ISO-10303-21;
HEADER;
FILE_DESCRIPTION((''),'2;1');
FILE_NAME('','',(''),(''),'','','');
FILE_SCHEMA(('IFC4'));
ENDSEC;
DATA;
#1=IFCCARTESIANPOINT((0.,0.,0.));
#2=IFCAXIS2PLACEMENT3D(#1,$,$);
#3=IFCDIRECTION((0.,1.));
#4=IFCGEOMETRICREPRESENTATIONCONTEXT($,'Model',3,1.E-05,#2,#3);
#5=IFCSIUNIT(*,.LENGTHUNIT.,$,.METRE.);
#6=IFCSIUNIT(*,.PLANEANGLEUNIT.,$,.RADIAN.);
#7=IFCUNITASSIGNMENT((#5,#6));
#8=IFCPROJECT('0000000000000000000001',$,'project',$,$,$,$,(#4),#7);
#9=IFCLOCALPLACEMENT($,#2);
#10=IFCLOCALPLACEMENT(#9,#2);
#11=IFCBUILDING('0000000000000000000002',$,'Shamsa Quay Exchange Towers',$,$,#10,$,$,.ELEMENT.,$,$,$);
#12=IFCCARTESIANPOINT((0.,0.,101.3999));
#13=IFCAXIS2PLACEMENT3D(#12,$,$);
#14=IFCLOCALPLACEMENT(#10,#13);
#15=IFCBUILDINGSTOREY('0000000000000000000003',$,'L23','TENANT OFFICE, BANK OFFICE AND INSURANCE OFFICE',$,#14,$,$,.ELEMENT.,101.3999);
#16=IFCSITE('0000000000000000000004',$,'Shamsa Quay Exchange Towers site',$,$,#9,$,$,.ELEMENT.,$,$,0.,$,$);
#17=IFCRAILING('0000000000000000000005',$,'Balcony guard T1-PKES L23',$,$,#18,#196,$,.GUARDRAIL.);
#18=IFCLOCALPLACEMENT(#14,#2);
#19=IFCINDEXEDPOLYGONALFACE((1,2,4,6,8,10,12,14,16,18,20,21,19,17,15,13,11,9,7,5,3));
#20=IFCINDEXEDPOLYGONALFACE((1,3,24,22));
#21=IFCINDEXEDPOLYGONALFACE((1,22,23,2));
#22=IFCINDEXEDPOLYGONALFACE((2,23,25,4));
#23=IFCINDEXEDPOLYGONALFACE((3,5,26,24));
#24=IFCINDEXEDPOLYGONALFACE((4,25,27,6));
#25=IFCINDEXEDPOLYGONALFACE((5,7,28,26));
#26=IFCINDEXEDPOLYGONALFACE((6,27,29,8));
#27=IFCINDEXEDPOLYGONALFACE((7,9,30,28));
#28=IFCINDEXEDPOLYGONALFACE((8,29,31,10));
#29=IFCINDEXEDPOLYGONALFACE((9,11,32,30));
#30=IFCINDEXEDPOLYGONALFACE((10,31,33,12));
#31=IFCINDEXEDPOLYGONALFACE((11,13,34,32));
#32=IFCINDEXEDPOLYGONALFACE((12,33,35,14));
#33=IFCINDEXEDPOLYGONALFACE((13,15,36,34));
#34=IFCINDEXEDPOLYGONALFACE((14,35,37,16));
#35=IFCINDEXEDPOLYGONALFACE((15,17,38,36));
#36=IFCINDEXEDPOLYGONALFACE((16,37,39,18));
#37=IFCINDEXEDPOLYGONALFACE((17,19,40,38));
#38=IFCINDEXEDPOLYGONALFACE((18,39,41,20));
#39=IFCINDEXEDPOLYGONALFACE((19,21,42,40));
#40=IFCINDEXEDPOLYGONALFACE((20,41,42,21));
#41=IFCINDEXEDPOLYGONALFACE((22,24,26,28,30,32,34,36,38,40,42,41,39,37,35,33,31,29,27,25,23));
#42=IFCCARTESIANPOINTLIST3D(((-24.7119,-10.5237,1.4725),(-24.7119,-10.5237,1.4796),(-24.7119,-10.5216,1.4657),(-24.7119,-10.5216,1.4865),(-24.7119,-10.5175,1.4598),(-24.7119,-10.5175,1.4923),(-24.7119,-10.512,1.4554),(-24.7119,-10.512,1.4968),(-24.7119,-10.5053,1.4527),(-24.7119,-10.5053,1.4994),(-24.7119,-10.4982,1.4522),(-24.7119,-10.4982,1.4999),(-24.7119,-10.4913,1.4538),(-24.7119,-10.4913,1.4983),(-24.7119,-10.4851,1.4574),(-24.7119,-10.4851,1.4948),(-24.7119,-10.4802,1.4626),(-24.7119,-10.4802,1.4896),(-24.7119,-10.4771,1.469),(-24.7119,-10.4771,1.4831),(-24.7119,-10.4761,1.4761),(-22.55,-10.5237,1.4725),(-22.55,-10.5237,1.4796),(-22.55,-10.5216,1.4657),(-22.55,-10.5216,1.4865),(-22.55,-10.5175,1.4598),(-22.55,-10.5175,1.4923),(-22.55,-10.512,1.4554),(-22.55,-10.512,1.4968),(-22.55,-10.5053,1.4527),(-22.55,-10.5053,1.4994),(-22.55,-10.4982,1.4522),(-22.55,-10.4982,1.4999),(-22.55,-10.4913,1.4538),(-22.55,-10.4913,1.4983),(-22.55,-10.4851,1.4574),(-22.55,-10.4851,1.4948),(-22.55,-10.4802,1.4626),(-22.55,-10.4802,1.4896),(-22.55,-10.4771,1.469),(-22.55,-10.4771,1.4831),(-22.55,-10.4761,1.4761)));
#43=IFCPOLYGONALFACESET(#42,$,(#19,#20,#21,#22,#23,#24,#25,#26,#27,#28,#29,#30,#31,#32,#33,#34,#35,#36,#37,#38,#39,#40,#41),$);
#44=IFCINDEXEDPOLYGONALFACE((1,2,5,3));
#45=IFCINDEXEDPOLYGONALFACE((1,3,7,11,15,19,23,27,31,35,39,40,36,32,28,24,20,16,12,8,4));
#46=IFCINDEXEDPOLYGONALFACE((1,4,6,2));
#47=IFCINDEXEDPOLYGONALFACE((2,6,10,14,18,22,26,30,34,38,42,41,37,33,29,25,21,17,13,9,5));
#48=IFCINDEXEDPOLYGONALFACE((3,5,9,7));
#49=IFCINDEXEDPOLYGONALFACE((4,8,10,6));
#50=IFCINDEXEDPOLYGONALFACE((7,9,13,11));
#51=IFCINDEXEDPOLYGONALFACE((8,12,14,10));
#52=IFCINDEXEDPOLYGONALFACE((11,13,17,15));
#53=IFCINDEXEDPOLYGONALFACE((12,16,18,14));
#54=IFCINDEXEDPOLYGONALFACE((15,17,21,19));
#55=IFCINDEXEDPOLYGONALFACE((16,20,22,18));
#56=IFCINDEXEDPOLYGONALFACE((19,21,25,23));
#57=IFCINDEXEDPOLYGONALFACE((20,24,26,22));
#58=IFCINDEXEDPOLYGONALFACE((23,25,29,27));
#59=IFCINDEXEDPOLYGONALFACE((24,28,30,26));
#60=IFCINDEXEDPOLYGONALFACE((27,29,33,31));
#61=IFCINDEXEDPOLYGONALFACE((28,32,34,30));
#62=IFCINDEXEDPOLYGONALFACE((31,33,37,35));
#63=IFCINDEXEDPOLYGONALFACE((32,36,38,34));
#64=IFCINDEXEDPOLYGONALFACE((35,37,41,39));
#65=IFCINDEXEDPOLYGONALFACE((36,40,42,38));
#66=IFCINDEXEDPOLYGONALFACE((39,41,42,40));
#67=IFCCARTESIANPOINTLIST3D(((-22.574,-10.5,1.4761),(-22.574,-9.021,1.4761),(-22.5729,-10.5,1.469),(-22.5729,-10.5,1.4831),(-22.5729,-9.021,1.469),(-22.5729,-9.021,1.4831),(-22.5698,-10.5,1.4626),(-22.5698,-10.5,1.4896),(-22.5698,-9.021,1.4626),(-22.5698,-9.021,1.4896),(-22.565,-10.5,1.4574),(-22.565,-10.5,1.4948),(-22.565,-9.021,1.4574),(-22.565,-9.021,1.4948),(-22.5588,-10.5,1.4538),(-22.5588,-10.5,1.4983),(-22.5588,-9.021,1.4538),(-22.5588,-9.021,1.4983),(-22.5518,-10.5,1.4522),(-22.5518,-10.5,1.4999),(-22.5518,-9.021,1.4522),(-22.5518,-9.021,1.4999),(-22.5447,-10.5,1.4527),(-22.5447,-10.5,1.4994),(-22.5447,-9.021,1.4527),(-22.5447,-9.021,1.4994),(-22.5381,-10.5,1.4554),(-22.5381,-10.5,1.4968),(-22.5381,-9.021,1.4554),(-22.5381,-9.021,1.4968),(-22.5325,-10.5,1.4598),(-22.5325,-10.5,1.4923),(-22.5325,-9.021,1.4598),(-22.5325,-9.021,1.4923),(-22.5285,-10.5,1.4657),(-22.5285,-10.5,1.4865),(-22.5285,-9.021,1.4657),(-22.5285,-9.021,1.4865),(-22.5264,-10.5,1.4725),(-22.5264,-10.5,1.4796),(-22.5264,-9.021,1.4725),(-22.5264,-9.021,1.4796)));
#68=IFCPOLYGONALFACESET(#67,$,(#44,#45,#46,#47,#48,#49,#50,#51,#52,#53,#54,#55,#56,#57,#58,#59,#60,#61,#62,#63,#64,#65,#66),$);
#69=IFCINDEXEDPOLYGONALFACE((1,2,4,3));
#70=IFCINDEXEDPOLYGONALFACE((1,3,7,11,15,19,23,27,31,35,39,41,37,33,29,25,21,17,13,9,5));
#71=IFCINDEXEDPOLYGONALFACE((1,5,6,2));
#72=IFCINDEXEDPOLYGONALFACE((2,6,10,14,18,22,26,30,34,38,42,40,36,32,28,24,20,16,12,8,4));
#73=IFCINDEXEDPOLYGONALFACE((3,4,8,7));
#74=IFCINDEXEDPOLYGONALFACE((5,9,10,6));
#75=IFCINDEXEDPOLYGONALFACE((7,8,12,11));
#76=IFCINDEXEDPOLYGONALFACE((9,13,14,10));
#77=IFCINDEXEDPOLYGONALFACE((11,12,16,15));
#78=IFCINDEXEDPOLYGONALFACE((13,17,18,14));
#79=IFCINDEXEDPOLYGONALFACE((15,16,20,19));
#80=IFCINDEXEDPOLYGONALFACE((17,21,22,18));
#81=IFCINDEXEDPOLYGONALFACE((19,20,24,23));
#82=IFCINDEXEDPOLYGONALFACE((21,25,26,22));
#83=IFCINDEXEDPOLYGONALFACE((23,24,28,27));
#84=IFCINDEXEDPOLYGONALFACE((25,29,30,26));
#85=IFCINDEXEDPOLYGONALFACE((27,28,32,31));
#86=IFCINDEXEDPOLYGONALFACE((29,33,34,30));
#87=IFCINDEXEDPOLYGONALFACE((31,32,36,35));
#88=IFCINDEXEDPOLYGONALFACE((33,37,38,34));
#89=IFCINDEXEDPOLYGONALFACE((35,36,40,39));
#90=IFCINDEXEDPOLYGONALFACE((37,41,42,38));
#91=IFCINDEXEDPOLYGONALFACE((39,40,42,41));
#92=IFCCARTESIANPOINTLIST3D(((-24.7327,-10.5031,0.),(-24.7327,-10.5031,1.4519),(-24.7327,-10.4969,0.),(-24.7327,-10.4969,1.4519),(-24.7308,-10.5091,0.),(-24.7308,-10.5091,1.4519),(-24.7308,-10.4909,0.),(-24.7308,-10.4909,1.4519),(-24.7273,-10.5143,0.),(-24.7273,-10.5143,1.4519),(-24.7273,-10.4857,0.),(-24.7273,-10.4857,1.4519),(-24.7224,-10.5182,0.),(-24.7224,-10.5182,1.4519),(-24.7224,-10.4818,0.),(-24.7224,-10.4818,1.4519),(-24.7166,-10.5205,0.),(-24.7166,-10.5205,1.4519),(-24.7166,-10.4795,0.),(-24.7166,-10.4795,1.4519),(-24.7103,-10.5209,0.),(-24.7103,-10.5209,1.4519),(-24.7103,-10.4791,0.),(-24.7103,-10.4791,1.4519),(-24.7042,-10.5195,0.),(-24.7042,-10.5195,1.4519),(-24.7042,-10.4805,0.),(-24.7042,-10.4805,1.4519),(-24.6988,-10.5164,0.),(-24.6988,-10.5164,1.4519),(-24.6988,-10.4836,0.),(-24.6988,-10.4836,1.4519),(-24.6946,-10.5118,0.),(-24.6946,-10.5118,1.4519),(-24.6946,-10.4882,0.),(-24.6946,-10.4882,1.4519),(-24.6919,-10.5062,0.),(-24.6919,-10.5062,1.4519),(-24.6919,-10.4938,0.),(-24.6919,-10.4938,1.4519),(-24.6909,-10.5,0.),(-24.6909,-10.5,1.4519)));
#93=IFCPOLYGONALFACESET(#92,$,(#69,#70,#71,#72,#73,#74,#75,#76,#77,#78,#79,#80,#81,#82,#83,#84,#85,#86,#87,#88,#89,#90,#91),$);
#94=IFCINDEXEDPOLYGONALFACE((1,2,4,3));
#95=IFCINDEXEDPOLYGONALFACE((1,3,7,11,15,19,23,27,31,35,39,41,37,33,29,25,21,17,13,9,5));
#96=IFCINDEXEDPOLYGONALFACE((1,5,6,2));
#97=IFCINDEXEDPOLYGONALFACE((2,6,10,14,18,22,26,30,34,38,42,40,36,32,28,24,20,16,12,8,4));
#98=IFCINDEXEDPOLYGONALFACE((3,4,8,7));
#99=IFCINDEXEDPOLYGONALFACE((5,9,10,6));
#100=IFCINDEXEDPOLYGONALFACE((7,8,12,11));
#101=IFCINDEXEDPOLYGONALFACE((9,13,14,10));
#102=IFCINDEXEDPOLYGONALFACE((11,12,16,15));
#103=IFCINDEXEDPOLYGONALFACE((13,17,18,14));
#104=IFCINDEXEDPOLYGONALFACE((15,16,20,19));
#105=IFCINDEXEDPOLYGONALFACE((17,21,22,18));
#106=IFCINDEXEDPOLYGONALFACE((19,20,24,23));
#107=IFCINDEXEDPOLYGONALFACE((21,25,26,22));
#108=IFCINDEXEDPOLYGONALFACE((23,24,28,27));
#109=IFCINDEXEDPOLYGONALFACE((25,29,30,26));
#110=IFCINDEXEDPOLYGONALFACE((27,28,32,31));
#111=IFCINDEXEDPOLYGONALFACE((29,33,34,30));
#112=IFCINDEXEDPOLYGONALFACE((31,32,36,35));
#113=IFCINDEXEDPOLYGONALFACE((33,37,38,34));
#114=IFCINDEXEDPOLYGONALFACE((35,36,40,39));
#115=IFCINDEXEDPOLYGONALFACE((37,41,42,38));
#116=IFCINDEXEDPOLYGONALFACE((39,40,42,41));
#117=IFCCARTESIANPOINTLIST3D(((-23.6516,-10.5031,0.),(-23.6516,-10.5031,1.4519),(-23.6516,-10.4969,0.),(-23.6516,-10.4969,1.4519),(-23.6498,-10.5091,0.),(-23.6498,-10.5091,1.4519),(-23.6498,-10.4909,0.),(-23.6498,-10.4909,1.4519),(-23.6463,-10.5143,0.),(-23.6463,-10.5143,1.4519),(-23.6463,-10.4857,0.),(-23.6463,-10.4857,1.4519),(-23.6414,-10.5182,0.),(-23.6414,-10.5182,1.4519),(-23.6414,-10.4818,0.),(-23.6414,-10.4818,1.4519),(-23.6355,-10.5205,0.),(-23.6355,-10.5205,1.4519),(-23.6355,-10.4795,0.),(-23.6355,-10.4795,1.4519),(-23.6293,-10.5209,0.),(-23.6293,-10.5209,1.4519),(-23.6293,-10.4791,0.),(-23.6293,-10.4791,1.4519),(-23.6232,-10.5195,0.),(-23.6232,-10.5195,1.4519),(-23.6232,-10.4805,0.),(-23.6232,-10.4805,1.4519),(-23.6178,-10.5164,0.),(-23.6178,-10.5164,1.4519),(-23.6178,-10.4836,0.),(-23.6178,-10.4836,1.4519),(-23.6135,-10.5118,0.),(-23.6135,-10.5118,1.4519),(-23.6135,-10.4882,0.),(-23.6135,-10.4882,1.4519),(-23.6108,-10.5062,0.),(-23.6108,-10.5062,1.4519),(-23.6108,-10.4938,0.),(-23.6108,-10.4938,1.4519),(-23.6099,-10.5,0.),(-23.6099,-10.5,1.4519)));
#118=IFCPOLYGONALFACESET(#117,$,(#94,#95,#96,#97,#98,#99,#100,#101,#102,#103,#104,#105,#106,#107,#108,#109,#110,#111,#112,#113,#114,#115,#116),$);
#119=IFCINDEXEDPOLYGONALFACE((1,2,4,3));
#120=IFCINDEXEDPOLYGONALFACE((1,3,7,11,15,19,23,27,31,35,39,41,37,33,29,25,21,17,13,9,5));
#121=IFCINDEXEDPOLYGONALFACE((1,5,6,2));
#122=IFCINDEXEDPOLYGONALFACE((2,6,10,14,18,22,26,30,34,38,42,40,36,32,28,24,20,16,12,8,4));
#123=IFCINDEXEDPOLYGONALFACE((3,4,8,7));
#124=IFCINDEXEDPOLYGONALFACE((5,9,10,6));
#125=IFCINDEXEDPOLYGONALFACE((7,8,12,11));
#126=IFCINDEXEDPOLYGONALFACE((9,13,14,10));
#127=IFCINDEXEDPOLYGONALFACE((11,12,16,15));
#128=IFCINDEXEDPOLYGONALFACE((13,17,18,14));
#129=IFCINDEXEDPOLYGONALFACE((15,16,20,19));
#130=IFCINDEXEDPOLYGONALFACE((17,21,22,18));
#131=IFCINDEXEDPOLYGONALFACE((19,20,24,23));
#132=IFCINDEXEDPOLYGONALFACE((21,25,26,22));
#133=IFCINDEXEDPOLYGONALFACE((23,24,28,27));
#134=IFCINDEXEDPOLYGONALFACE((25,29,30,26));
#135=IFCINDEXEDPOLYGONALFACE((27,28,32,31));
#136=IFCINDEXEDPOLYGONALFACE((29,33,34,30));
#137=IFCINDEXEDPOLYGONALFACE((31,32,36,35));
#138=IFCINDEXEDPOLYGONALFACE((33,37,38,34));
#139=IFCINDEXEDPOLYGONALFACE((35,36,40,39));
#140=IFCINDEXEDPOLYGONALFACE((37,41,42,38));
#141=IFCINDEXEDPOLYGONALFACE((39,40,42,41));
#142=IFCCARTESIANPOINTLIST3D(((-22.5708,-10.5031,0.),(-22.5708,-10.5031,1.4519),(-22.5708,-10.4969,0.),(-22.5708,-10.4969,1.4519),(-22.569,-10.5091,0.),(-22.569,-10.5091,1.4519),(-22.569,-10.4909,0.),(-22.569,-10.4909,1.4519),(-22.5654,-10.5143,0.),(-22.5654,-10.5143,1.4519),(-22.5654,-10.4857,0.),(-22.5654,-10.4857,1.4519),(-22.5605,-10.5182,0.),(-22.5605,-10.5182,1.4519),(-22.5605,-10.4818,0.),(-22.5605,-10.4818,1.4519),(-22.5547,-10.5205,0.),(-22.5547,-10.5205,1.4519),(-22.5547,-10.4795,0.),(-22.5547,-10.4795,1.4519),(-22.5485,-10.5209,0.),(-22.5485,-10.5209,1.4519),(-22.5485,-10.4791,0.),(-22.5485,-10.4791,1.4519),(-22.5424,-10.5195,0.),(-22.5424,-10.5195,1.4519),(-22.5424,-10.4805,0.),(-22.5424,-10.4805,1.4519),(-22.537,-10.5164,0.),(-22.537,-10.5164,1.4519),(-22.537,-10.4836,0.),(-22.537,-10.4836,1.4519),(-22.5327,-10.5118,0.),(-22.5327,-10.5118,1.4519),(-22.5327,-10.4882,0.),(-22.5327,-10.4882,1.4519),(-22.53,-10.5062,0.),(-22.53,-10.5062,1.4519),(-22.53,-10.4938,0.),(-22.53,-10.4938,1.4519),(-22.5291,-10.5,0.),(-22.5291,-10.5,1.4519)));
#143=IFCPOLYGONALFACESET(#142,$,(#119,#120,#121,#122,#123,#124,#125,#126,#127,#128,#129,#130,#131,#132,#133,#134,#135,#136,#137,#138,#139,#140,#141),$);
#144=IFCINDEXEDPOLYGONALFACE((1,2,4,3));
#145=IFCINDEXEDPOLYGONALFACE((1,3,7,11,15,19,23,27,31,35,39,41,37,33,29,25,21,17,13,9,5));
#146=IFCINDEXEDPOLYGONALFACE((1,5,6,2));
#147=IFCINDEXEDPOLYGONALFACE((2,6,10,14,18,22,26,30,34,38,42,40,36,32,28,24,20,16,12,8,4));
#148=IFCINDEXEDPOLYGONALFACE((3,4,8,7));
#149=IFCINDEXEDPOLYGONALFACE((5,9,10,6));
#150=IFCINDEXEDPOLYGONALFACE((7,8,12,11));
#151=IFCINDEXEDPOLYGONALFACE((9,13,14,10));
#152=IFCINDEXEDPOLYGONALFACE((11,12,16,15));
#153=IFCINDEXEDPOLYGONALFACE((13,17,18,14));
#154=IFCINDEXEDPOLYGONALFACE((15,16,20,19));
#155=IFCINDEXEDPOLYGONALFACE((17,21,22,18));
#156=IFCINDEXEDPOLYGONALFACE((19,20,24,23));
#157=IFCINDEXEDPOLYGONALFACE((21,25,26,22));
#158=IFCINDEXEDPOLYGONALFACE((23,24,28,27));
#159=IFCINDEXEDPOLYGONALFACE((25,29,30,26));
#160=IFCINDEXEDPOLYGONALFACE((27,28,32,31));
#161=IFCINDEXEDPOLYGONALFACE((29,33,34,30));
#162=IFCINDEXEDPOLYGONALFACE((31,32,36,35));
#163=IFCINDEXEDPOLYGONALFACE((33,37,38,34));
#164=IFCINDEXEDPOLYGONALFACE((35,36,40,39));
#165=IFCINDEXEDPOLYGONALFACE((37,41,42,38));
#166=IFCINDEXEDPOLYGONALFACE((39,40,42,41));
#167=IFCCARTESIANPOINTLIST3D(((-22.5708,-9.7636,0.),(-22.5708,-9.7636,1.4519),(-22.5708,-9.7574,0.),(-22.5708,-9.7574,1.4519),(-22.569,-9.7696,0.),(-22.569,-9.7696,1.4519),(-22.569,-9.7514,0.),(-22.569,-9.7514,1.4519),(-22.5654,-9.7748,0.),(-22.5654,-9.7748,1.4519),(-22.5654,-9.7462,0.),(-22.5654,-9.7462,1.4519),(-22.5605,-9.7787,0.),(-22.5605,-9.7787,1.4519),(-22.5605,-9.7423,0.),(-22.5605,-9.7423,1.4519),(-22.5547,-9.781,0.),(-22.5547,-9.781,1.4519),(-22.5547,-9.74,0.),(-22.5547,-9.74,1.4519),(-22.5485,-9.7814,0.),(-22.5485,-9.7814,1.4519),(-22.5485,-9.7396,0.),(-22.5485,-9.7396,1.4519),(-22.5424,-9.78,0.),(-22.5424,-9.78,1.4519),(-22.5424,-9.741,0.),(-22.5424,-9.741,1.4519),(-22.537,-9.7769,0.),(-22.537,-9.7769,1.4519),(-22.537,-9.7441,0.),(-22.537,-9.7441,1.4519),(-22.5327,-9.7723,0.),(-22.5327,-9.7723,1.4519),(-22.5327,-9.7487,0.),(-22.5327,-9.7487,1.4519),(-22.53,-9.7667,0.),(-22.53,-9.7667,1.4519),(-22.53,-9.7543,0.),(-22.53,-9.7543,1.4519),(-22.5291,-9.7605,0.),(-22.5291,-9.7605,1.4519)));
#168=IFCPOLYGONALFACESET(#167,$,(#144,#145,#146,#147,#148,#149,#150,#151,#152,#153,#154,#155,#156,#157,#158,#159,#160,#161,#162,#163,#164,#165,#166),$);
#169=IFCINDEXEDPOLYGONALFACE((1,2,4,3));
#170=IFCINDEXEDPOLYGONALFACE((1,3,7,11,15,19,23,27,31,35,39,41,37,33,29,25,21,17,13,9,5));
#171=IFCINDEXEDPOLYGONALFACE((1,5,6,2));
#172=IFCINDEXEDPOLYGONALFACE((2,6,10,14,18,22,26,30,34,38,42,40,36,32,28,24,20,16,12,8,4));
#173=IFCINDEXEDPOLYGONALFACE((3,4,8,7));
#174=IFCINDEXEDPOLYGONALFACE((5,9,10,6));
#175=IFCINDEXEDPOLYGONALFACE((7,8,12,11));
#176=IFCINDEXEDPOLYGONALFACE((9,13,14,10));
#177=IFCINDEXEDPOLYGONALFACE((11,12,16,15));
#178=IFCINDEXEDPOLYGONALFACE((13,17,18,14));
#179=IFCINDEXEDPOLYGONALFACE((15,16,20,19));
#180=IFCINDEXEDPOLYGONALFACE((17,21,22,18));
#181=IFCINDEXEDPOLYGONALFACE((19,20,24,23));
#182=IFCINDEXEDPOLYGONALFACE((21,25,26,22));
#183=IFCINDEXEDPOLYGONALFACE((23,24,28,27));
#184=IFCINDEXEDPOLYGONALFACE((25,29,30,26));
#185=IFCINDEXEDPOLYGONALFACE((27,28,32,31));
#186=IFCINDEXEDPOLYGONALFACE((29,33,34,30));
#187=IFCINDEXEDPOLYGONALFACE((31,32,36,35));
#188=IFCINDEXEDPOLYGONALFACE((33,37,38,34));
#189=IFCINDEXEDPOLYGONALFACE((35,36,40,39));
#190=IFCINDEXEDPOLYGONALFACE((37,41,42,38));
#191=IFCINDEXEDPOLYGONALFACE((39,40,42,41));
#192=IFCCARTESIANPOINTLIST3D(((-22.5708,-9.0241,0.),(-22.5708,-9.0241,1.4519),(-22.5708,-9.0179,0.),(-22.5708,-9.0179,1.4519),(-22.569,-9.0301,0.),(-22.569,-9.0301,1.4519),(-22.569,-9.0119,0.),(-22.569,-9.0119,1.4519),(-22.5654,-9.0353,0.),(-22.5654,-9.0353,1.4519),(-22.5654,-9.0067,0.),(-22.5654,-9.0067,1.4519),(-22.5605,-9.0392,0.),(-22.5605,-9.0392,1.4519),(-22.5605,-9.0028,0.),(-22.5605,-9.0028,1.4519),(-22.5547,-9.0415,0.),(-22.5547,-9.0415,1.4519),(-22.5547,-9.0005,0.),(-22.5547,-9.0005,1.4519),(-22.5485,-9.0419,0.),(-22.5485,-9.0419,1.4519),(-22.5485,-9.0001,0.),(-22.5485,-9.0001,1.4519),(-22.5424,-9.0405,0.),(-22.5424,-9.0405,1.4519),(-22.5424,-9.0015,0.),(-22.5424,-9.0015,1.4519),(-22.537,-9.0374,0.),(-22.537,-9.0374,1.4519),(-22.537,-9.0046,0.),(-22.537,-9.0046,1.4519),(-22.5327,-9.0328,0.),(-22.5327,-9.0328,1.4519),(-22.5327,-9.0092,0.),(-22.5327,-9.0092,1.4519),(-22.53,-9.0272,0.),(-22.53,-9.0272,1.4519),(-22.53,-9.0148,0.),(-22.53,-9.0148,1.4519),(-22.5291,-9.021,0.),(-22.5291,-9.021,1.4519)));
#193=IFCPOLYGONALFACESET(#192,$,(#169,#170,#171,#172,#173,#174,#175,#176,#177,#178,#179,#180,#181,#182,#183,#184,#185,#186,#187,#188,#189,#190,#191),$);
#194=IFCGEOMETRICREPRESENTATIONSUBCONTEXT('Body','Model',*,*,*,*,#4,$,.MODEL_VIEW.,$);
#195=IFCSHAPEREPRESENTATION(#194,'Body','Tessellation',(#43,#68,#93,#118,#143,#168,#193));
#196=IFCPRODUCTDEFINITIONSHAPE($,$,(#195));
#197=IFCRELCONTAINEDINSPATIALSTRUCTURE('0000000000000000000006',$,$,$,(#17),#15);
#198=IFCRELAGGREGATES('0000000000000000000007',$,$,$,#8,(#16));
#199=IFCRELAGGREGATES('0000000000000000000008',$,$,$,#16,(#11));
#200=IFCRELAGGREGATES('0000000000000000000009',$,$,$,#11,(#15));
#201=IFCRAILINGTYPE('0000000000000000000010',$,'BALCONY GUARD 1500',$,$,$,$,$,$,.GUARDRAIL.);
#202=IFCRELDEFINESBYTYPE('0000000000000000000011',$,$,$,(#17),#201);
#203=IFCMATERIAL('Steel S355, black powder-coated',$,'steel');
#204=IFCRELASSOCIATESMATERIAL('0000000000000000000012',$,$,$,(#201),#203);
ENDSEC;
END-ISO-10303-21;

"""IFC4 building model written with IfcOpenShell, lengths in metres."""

from ifc_helpers import new_model, si_unit, direction, frame, origin, origin_2d, place, context, subcontext, project, spatial, circle, extrude, material, type_object, element, save


model = new_model("IFC4")

# Units and contexts
model_context = context("Model", 3, precision=1e-05, world=origin(), true_north=direction((0.0, 1.0)))
body_context = subcontext(model_context, "Body", "Model", "MODEL_VIEW")
ifc_project = project(units=[si_unit("LENGTHUNIT", "METRE"), si_unit("PLANEANGLEUNIT", "RADIAN")], contexts=[model_context])

# Site, building, storey
site_placement = place(None, origin())
site = spatial("IfcSite", under=ifc_project, at=site_placement, Name="Shamsa Quay Exchange Towers site", CompositionType="ELEMENT", RefElevation=0.0)
building_placement = place(site_placement, origin())
building = spatial("IfcBuilding", under=site, at=building_placement, Name="Shamsa Quay Exchange Towers", CompositionType="ELEMENT")
storey_placement = place(building_placement, frame((0.0, 0.0, 101.3999)))
storey = spatial("IfcBuildingStorey", under=building, at=storey_placement, Name="L23", Description="TENANT OFFICE, BANK OFFICE AND INSURANCE OFFICE", CompositionType="ELEMENT", Elevation=101.3999)

# Railing
ifc_material_1 = material(Name="Steel S355, black powder-coated", Category="steel")
railing_type_1 = type_object("IfcRailingType", Name="BALCONY GUARD 1500", PredefinedType="GUARDRAIL", material=ifc_material_1)
for number, where, name in (
    (1, (-24.7119, -10.5, 0.0), "Balcony guard T1-PKES L23"),
):
    element("IfcRailing", number, at=place(storey_placement, frame(where)), inside=storey, type_object=railing_type_1, Name=name, PredefinedType="GUARDRAIL", context=body_context, shape_type="SweptSolid", body=[
        extrude(circle(Radius=0.0239, at=origin_2d()), frame((0.0, 0.0, 1.4761), z_axis=(1.0, 0.0, 0.0), x_axis=(0.0, 1.0, 0.0)), (0.0, 0.0, 1.0), 2.1619),
        extrude(circle(Radius=0.0239, at=origin_2d()), frame((2.1619, 0.0, 1.4761), z_axis=(0.0, 1.0, 0.0), x_axis=(-1.0, 0.0, 0.0)), (0.0, 0.0, 1.0), 1.479),
        extrude(circle(Radius=0.021, at=origin_2d()), origin(), (0.0, 0.0, 1.0), 1.4519),
        extrude(circle(Radius=0.021, at=origin_2d()), frame((1.0811, 0.0, 0.0)), (0.0, 0.0, 1.0), 1.4519),
        extrude(circle(Radius=0.021, at=origin_2d()), frame((2.1619, 0.0, 0.0)), (0.0, 0.0, 1.0), 1.4519),
        extrude(circle(Radius=0.021, at=origin_2d()), frame((2.1619, 0.7395, 0.0)), (0.0, 0.0, 1.0), 1.4519),
        extrude(circle(Radius=0.021, at=origin_2d()), frame((2.1619, 1.479, 0.0)), (0.0, 0.0, 1.0), 1.4519),
    ])

save(model, "model.ifc")
